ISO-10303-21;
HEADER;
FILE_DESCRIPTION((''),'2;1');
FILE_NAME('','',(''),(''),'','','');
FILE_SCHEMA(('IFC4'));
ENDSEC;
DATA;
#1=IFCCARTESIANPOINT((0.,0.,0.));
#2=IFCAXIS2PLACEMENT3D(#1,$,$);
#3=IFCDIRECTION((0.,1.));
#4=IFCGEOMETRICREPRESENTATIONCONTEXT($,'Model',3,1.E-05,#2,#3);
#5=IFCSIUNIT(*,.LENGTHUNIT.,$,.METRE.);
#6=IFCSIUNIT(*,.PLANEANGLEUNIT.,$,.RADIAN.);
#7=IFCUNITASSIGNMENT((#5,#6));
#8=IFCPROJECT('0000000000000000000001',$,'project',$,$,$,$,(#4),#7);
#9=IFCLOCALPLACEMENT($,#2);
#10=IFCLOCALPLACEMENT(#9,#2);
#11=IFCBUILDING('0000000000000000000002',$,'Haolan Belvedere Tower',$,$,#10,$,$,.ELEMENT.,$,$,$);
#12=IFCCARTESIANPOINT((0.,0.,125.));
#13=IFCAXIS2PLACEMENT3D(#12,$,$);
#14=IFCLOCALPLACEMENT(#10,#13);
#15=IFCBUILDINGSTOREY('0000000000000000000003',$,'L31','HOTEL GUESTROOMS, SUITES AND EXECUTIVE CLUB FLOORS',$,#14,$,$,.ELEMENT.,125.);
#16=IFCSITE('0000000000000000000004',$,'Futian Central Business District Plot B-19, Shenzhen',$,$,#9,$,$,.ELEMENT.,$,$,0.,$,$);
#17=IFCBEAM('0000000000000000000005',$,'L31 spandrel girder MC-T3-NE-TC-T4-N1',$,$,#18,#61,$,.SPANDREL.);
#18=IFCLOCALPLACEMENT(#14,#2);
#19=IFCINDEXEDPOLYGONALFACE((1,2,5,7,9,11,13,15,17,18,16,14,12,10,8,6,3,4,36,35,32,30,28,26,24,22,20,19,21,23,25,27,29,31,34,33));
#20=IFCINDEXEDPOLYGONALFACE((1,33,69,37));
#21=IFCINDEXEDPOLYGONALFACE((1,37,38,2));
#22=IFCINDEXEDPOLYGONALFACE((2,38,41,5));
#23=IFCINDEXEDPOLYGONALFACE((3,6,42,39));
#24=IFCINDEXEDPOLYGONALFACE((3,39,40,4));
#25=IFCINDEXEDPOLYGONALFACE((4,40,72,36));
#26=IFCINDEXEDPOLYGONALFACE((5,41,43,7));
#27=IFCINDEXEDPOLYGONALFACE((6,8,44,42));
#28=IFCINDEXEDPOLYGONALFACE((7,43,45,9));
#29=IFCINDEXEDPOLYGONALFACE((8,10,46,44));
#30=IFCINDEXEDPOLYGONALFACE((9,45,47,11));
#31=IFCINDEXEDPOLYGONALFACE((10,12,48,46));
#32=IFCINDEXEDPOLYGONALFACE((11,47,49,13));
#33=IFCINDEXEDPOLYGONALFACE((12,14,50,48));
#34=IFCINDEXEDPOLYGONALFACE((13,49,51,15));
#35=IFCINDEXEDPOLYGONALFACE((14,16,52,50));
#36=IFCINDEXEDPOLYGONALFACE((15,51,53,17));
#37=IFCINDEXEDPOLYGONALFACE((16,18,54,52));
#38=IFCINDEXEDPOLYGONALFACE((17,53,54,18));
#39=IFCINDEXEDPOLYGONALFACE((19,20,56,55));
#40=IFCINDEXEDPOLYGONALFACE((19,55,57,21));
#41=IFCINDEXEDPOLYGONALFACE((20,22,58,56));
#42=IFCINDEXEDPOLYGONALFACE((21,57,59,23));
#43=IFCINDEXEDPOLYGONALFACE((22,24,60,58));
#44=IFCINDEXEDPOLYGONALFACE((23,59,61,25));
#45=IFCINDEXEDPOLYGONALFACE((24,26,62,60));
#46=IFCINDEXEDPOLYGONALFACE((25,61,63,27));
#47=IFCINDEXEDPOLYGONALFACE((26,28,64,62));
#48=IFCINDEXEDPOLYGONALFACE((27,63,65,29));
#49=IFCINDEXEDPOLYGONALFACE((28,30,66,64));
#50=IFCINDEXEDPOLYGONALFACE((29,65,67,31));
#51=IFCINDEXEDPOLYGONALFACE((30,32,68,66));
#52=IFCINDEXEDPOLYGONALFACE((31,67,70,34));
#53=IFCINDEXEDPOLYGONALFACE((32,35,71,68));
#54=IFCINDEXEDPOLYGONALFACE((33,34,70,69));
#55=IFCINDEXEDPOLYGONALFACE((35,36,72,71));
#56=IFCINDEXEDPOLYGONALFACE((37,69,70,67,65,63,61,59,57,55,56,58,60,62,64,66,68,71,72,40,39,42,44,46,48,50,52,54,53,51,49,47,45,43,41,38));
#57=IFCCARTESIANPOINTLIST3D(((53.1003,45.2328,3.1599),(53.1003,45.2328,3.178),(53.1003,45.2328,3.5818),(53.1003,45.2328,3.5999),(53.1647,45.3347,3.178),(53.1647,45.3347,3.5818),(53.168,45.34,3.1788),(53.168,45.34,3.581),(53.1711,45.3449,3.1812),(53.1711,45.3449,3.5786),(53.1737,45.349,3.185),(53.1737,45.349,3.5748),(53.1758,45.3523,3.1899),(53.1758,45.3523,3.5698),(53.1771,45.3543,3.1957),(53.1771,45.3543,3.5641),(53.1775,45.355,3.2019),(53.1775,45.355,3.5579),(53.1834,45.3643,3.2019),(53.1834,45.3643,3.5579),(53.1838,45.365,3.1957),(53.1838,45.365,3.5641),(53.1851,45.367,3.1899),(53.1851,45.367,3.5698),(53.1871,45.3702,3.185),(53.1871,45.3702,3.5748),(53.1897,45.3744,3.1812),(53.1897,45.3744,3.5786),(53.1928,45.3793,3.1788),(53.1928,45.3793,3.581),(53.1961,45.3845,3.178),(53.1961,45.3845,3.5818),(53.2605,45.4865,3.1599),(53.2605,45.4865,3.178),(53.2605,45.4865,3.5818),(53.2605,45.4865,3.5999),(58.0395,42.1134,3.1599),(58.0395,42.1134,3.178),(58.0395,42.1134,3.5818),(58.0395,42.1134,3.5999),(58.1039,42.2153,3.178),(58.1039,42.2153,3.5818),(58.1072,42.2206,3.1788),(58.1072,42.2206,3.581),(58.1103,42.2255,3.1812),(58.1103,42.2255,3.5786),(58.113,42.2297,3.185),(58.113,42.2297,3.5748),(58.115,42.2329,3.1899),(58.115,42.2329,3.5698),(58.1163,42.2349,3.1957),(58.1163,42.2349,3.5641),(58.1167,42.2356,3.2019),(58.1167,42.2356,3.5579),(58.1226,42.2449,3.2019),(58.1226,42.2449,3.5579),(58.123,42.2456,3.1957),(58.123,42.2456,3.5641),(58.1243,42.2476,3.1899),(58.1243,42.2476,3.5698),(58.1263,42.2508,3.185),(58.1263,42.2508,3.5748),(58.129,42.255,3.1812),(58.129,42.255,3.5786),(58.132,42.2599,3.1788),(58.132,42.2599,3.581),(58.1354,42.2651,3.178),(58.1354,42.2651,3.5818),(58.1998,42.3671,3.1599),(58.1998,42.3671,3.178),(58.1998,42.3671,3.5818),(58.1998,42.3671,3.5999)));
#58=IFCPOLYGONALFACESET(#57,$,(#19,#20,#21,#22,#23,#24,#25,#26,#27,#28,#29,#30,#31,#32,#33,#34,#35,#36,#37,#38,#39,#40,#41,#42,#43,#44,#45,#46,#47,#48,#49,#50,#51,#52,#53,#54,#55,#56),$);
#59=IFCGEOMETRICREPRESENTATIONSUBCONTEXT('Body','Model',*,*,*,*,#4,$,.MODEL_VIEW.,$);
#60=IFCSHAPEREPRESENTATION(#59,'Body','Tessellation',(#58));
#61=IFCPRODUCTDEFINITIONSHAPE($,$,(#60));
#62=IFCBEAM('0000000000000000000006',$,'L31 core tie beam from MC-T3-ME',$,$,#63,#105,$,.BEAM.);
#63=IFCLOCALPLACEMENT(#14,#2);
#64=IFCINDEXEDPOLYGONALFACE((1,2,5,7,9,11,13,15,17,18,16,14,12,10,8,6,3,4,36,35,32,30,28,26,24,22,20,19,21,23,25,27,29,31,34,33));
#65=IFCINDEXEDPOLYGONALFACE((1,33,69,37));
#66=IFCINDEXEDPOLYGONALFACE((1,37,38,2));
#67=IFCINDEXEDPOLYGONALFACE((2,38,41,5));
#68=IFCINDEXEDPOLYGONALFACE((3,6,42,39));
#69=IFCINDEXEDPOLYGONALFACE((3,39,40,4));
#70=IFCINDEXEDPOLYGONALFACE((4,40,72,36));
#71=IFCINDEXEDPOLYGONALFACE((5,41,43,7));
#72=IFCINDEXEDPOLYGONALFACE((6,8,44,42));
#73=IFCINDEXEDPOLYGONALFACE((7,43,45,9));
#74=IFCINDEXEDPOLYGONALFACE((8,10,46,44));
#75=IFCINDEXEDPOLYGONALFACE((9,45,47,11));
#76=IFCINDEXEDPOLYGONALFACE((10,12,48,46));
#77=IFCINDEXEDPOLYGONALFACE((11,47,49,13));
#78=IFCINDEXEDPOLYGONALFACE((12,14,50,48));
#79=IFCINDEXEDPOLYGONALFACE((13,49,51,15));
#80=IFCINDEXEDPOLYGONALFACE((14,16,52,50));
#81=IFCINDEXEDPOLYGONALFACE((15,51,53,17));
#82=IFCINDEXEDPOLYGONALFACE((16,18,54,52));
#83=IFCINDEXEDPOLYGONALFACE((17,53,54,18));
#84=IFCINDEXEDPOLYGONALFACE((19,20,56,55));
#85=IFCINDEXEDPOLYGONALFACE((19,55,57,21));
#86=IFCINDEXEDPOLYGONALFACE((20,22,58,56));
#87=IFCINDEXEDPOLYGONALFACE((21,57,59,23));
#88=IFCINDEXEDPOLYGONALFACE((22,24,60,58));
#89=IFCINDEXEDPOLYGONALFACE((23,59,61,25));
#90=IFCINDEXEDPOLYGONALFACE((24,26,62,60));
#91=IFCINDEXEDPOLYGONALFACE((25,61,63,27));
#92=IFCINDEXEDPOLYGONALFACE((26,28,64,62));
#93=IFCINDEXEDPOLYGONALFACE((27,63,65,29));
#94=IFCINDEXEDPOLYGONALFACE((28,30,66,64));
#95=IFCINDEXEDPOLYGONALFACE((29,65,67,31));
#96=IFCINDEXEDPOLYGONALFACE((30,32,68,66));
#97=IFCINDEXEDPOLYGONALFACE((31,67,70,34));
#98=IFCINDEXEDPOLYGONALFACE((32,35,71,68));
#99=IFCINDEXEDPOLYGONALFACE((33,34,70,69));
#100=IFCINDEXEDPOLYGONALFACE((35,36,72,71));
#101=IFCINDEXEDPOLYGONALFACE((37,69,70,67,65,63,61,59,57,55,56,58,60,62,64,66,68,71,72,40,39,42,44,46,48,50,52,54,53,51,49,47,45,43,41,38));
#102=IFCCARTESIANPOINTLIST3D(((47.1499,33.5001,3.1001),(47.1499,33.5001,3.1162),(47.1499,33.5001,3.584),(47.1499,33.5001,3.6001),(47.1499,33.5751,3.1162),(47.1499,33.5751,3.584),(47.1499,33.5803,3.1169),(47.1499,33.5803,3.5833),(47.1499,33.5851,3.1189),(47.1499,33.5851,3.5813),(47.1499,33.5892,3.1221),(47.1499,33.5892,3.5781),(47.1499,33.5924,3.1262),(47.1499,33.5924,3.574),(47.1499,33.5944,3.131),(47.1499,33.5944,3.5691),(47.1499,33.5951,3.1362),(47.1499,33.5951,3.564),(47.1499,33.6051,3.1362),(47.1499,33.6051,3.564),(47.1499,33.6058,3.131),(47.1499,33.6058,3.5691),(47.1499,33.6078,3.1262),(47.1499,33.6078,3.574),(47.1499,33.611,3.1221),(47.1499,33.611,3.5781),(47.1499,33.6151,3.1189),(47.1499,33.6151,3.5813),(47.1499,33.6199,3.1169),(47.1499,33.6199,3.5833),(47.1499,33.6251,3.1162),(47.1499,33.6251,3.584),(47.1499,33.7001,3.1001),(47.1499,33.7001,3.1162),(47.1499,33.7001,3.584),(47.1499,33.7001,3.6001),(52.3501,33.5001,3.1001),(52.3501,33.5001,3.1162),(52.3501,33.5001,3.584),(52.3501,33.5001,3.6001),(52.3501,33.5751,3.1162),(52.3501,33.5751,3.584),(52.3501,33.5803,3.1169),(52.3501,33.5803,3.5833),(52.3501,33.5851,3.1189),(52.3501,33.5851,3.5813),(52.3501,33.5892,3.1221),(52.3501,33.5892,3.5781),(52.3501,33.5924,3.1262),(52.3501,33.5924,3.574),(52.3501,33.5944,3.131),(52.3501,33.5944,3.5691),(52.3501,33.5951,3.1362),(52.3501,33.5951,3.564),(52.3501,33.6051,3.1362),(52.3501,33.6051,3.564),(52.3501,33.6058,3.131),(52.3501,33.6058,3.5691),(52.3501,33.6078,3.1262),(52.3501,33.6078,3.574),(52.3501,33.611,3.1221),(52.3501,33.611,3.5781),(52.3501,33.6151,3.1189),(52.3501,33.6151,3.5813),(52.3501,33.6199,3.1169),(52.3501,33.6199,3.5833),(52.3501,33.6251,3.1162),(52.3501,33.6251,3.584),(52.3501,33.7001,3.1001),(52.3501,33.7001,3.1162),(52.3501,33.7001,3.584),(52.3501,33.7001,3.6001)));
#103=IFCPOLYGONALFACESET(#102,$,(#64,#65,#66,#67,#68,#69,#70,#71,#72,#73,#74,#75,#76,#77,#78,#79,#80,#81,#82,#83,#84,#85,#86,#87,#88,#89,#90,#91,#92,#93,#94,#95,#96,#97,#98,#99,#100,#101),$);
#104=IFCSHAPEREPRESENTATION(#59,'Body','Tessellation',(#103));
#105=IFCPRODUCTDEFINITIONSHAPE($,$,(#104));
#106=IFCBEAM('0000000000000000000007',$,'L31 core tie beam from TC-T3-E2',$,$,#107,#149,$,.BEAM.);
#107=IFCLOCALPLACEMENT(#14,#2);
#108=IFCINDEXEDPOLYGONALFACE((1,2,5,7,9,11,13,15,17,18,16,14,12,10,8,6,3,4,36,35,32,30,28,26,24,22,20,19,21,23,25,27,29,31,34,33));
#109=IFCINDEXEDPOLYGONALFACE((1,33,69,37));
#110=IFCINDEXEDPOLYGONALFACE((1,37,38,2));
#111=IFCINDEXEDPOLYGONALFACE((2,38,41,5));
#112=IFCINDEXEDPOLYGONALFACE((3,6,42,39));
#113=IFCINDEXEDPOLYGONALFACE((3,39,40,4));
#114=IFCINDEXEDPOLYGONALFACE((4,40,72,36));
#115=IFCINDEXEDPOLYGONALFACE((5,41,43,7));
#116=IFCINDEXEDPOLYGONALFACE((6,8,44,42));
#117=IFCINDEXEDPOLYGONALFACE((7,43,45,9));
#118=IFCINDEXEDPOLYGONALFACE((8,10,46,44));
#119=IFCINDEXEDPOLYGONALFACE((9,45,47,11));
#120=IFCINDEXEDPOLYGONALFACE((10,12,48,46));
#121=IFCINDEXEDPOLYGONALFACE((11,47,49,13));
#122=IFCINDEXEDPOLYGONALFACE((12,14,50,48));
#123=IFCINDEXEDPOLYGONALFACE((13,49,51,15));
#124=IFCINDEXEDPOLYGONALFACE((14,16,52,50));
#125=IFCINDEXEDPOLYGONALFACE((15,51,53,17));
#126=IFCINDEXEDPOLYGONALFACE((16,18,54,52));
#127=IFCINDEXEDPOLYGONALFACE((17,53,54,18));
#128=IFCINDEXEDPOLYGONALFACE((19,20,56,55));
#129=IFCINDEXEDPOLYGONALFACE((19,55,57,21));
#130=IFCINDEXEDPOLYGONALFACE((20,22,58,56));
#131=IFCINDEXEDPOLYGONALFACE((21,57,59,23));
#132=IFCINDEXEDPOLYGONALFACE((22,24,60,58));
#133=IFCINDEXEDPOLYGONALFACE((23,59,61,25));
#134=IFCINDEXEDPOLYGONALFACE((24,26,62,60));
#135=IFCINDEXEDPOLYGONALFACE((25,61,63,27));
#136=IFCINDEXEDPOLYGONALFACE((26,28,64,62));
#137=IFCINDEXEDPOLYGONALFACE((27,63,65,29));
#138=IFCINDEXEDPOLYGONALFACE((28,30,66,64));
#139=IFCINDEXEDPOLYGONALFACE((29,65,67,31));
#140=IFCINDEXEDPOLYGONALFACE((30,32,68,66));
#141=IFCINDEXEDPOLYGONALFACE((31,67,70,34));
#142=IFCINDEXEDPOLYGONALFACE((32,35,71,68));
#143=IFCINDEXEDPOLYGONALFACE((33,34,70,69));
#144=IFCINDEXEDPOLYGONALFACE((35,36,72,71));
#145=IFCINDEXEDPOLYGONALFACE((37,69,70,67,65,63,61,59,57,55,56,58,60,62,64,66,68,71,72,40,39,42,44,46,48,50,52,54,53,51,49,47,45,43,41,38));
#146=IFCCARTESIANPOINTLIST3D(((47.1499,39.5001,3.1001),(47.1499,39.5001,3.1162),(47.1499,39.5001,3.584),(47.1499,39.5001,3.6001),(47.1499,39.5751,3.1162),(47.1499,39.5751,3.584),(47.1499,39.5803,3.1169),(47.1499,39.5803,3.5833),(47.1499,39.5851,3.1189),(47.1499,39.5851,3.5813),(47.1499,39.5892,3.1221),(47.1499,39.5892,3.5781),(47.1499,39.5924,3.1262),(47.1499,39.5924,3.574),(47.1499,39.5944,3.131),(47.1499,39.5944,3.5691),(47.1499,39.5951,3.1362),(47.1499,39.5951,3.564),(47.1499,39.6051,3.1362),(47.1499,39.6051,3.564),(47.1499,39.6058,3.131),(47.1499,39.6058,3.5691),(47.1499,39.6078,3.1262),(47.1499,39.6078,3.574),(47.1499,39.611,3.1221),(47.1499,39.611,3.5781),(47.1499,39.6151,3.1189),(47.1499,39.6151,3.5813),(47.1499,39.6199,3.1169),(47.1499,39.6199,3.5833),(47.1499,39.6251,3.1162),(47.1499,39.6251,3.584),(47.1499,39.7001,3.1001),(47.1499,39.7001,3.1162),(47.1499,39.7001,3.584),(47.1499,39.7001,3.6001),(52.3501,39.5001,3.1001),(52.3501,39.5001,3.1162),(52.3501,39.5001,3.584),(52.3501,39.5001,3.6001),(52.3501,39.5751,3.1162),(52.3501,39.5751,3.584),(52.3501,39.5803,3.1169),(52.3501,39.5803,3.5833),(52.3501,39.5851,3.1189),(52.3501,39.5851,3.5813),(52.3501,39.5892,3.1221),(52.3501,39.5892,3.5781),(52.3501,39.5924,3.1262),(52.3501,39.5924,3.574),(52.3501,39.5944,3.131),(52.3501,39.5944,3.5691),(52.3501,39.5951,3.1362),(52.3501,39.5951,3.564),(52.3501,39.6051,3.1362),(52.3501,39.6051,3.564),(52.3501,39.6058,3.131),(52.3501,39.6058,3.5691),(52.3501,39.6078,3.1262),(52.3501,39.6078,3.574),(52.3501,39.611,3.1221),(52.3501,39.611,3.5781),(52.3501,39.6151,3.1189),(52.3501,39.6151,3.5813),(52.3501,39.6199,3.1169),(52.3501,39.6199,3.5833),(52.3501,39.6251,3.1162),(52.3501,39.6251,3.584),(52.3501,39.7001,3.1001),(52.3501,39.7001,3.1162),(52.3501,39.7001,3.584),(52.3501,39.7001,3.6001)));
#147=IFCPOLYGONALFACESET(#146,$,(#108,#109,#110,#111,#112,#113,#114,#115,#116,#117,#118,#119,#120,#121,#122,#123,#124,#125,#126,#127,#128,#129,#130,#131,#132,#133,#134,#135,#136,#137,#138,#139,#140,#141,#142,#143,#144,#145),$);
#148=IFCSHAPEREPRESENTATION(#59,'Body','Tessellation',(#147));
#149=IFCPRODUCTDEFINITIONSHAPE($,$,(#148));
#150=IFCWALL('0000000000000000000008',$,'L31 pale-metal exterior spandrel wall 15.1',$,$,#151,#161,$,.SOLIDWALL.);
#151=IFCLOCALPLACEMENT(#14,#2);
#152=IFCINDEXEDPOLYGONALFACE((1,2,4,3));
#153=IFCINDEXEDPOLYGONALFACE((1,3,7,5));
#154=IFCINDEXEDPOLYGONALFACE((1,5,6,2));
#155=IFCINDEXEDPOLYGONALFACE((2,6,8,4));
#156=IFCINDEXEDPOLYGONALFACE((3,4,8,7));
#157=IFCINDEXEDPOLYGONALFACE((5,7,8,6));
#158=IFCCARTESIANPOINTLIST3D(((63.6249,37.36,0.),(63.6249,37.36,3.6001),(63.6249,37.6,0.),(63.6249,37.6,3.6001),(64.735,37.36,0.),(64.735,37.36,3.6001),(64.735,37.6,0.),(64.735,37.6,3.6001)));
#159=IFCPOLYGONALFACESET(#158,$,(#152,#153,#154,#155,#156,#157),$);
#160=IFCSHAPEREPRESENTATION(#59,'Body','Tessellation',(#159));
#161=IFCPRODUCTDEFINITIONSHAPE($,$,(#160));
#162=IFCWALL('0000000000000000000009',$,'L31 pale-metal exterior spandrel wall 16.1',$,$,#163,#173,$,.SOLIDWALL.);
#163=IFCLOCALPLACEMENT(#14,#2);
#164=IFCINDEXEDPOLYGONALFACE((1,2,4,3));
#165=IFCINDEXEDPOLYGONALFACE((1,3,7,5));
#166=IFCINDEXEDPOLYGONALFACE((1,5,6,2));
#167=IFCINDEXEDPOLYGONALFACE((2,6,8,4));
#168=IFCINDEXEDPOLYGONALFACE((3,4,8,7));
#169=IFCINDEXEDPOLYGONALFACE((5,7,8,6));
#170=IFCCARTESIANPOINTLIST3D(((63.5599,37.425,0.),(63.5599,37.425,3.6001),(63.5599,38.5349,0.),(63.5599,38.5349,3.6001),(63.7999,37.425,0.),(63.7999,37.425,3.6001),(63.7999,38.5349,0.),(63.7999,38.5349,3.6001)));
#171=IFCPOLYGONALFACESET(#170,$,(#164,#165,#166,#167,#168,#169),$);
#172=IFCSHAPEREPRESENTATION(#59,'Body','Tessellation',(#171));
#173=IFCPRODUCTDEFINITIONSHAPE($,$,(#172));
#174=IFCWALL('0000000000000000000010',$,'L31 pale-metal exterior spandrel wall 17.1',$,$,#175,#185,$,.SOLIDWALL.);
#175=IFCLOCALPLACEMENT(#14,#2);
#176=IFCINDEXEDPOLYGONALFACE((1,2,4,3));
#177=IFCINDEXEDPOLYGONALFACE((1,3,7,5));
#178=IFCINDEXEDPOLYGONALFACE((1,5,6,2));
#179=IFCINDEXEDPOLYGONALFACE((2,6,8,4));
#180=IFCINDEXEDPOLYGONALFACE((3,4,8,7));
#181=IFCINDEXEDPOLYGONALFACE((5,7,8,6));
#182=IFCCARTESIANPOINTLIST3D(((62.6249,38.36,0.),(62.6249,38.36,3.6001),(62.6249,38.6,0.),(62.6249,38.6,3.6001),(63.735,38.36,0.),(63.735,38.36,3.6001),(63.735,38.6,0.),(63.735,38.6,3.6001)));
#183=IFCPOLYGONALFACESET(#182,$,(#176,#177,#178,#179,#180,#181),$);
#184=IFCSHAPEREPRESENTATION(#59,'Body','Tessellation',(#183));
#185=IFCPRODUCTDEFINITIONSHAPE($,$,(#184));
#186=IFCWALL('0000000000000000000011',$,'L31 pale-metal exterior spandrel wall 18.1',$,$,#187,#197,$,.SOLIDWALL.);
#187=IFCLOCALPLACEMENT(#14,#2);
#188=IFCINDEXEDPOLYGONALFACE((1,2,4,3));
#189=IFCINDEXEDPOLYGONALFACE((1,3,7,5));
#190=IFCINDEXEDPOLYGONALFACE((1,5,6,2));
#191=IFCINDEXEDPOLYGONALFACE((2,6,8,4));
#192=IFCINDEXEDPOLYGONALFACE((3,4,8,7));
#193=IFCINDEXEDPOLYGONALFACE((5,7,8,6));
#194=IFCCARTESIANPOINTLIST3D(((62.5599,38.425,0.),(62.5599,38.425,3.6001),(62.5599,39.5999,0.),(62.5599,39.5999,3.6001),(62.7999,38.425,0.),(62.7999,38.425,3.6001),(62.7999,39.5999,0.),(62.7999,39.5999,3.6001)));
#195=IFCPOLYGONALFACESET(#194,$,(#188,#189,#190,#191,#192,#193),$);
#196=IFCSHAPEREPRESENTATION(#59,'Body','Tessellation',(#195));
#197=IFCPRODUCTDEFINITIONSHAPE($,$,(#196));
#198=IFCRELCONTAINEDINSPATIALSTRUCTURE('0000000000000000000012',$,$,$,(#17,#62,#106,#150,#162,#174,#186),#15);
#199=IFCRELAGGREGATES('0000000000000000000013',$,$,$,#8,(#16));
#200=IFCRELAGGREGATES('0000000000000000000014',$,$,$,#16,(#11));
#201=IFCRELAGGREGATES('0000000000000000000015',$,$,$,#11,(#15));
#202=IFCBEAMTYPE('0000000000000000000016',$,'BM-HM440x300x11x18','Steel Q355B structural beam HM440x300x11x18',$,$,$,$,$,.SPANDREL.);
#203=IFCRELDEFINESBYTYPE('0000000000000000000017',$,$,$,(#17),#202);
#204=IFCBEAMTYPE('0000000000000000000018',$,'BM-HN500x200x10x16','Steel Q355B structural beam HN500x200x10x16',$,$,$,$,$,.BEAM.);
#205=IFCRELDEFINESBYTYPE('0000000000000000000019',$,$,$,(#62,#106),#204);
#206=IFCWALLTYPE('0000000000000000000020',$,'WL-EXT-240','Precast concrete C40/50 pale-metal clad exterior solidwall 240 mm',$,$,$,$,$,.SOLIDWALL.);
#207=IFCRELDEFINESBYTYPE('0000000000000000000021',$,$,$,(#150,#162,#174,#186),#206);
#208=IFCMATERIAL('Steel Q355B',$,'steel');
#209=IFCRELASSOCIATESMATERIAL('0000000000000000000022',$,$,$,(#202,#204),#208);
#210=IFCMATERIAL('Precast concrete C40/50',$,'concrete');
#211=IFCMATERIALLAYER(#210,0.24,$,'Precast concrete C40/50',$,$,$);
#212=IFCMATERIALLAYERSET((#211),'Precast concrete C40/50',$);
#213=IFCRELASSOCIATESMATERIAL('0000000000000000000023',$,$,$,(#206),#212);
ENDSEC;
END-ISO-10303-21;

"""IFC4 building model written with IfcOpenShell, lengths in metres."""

from ifc_helpers import new_model, si_unit, direction, frame, frame_2d, origin, origin_2d, place, context, subcontext, project, spatial, rectangle, i_section, extrude, material, layer, layer_set, material_profile, profile_set, type_object, element, save


model = new_model("IFC4")

# Units and contexts
model_context = context("Model", 3, precision=1e-05, world=origin(), true_north=direction((0.0, 1.0)))
body_context = subcontext(model_context, "Body", "Model", "MODEL_VIEW")
ifc_project = project(units=[si_unit("LENGTHUNIT", "METRE"), si_unit("PLANEANGLEUNIT", "RADIAN")], contexts=[model_context])

# Site, building, storey
site_placement = place(None, origin())
site = spatial("IfcSite", under=ifc_project, at=site_placement, Name="Futian Central Business District Plot B-19, Shenzhen", CompositionType="ELEMENT", RefElevation=0.0)
building_placement = place(site_placement, origin())
building = spatial("IfcBuilding", under=site, at=building_placement, Name="Haolan Belvedere Tower", CompositionType="ELEMENT")
storey_placement = place(building_placement, frame((0.0, 0.0, 125.0)))
storey = spatial("IfcBuildingStorey", under=building, at=storey_placement, Name="L31", Description="HOTEL GUESTROOMS, SUITES AND EXECUTIVE CLUB FLOORS", CompositionType="ELEMENT", Elevation=125.0)

# Beams
ifc_material_1 = material(Name="Steel Q355B", Category="steel")
ifc_material_profile_1 = material_profile(ifc_material_1, i_section(OverallWidth=0.3, OverallDepth=0.4399, WebThickness=0.011, FlangeThickness=0.0181, FilletRadius=0.0239, at=origin_2d()), Name="Steel Q355B")
ifc_profile_set_1 = profile_set([ifc_material_profile_1], Name="Steel Q355B")
beam_type_1 = type_object("IfcBeamType", Name="BM-HM440x300x11x18", Description="Steel Q355B structural beam HM440x300x11x18", PredefinedType="SPANDREL", material=ifc_profile_set_1)
beam_placement = place(storey_placement, frame((53.1804, 45.3596, 3.3799), z_axis=(0.845498, -0.533979, 0.0), x_axis=(0.533979, 0.845498, 0.0)))
element("IfcBeam", 1, at=beam_placement, inside=storey, type_object=beam_type_1, Name="L31 spandrel girder MC-T3-NE-TC-T4-N1", PredefinedType="SPANDREL", context=body_context, shape_type="SweptSolid", body=[
    extrude(i_section(OverallWidth=0.3, OverallDepth=0.4399, WebThickness=0.011, FlangeThickness=0.0181, FilletRadius=0.0239, at=origin_2d()), origin(), (0.0, 0.0, 1.0), 5.8418),
])
ifc_material_profile_2 = material_profile(ifc_material_1, i_section(OverallWidth=0.2, OverallDepth=0.5, WebThickness=0.01, FlangeThickness=0.0161, FilletRadius=0.02, at=origin_2d()), Name="Steel Q355B")
ifc_profile_set_2 = profile_set([ifc_material_profile_2], Name="Steel Q355B")
beam_type_2 = type_object("IfcBeamType", Name="BM-HN500x200x10x16", Description="Steel Q355B structural beam HN500x200x10x16", PredefinedType="BEAM", material=ifc_profile_set_2)
for number, where, z_axis, x_axis, name in (
    (2, (52.3501, 33.6001, 3.3501), (-1.0, 0.0, 0.0), (0.0, -1.0, 0.0), "L31 core tie beam from MC-T3-ME"),
    (3, (52.3501, 39.6001, 3.3501), (-1.0, 0.0, 0.0), (0.0, -1.0, 0.0), "L31 core tie beam from TC-T3-E2"),
):
    element("IfcBeam", number, at=place(storey_placement, frame(where, z_axis=z_axis, x_axis=x_axis)), inside=storey, type_object=beam_type_2, Name=name, PredefinedType="BEAM", context=body_context, shape_type="SweptSolid", body=[
        extrude(i_section(OverallWidth=0.2, OverallDepth=0.5, WebThickness=0.01, FlangeThickness=0.0161, FilletRadius=0.02, at=origin_2d()), origin(), (0.0, 0.0, 1.0), 5.2002),
    ])

# Walls
ifc_material_2 = material(Name="Precast concrete C40/50", Category="concrete")
ifc_layer_1 = layer(ifc_material_2, 0.24, Name="Precast concrete C40/50")
ifc_layer_set_1 = layer_set([ifc_layer_1], Name="Precast concrete C40/50")
wall_type_1 = type_object("IfcWallType", Name="WL-EXT-240", Description="Precast concrete C40/50 pale-metal clad exterior solidwall 240 mm", PredefinedType="SOLIDWALL", material=ifc_layer_set_1)
wall_1_placement = place(storey_placement, frame((64.7351, 37.48, 0.0), z_axis=(0.0, 0.0, 1.0), x_axis=(-1.0, 0.0, 0.0)))
element("IfcWall", 4, at=wall_1_placement, inside=storey, type_object=wall_type_1, Name="L31 pale-metal exterior spandrel wall 15.1", PredefinedType="SOLIDWALL", context=body_context, shape_type="SweptSolid", body=[
    extrude(rectangle(XDim=1.1101, YDim=0.24, at=frame_2d((0.5552, 0.0))), origin(), (0.0, 0.0, 1.0), 3.6001),
])
wall_2_placement = place(storey_placement, frame((63.6799, 37.425, 0.0), z_axis=(0.0, 0.0, 1.0), x_axis=(0.0, 1.0, 0.0)))
element("IfcWall", 5, at=wall_2_placement, inside=storey, type_object=wall_type_1, Name="L31 pale-metal exterior spandrel wall 16.1", PredefinedType="SOLIDWALL", context=body_context, shape_type="SweptSolid", body=[
    extrude(rectangle(XDim=1.1099, YDim=0.24, at=frame_2d((0.5549, 0.0))), origin(), (0.0, 0.0, 1.0), 3.6001),
])
wall_3_placement = place(storey_placement, frame((63.7351, 38.48, 0.0), z_axis=(0.0, 0.0, 1.0), x_axis=(-1.0, 0.0, 0.0)))
element("IfcWall", 6, at=wall_3_placement, inside=storey, type_object=wall_type_1, Name="L31 pale-metal exterior spandrel wall 17.1", PredefinedType="SOLIDWALL", context=body_context, shape_type="SweptSolid", body=[
    extrude(rectangle(XDim=1.1101, YDim=0.24, at=frame_2d((0.5552, 0.0))), origin(), (0.0, 0.0, 1.0), 3.6001),
])
wall_4_placement = place(storey_placement, frame((62.6799, 38.425, 0.0), z_axis=(0.0, 0.0, 1.0), x_axis=(0.0, 1.0, 0.0)))
element("IfcWall", 7, at=wall_4_placement, inside=storey, type_object=wall_type_1, Name="L31 pale-metal exterior spandrel wall 18.1", PredefinedType="SOLIDWALL", context=body_context, shape_type="SweptSolid", body=[
    extrude(rectangle(XDim=1.1748, YDim=0.24, at=frame_2d((0.5874, 0.0))), origin(), (0.0, 0.0, 1.0), 3.6001),
])

save(model, "model.ifc")
